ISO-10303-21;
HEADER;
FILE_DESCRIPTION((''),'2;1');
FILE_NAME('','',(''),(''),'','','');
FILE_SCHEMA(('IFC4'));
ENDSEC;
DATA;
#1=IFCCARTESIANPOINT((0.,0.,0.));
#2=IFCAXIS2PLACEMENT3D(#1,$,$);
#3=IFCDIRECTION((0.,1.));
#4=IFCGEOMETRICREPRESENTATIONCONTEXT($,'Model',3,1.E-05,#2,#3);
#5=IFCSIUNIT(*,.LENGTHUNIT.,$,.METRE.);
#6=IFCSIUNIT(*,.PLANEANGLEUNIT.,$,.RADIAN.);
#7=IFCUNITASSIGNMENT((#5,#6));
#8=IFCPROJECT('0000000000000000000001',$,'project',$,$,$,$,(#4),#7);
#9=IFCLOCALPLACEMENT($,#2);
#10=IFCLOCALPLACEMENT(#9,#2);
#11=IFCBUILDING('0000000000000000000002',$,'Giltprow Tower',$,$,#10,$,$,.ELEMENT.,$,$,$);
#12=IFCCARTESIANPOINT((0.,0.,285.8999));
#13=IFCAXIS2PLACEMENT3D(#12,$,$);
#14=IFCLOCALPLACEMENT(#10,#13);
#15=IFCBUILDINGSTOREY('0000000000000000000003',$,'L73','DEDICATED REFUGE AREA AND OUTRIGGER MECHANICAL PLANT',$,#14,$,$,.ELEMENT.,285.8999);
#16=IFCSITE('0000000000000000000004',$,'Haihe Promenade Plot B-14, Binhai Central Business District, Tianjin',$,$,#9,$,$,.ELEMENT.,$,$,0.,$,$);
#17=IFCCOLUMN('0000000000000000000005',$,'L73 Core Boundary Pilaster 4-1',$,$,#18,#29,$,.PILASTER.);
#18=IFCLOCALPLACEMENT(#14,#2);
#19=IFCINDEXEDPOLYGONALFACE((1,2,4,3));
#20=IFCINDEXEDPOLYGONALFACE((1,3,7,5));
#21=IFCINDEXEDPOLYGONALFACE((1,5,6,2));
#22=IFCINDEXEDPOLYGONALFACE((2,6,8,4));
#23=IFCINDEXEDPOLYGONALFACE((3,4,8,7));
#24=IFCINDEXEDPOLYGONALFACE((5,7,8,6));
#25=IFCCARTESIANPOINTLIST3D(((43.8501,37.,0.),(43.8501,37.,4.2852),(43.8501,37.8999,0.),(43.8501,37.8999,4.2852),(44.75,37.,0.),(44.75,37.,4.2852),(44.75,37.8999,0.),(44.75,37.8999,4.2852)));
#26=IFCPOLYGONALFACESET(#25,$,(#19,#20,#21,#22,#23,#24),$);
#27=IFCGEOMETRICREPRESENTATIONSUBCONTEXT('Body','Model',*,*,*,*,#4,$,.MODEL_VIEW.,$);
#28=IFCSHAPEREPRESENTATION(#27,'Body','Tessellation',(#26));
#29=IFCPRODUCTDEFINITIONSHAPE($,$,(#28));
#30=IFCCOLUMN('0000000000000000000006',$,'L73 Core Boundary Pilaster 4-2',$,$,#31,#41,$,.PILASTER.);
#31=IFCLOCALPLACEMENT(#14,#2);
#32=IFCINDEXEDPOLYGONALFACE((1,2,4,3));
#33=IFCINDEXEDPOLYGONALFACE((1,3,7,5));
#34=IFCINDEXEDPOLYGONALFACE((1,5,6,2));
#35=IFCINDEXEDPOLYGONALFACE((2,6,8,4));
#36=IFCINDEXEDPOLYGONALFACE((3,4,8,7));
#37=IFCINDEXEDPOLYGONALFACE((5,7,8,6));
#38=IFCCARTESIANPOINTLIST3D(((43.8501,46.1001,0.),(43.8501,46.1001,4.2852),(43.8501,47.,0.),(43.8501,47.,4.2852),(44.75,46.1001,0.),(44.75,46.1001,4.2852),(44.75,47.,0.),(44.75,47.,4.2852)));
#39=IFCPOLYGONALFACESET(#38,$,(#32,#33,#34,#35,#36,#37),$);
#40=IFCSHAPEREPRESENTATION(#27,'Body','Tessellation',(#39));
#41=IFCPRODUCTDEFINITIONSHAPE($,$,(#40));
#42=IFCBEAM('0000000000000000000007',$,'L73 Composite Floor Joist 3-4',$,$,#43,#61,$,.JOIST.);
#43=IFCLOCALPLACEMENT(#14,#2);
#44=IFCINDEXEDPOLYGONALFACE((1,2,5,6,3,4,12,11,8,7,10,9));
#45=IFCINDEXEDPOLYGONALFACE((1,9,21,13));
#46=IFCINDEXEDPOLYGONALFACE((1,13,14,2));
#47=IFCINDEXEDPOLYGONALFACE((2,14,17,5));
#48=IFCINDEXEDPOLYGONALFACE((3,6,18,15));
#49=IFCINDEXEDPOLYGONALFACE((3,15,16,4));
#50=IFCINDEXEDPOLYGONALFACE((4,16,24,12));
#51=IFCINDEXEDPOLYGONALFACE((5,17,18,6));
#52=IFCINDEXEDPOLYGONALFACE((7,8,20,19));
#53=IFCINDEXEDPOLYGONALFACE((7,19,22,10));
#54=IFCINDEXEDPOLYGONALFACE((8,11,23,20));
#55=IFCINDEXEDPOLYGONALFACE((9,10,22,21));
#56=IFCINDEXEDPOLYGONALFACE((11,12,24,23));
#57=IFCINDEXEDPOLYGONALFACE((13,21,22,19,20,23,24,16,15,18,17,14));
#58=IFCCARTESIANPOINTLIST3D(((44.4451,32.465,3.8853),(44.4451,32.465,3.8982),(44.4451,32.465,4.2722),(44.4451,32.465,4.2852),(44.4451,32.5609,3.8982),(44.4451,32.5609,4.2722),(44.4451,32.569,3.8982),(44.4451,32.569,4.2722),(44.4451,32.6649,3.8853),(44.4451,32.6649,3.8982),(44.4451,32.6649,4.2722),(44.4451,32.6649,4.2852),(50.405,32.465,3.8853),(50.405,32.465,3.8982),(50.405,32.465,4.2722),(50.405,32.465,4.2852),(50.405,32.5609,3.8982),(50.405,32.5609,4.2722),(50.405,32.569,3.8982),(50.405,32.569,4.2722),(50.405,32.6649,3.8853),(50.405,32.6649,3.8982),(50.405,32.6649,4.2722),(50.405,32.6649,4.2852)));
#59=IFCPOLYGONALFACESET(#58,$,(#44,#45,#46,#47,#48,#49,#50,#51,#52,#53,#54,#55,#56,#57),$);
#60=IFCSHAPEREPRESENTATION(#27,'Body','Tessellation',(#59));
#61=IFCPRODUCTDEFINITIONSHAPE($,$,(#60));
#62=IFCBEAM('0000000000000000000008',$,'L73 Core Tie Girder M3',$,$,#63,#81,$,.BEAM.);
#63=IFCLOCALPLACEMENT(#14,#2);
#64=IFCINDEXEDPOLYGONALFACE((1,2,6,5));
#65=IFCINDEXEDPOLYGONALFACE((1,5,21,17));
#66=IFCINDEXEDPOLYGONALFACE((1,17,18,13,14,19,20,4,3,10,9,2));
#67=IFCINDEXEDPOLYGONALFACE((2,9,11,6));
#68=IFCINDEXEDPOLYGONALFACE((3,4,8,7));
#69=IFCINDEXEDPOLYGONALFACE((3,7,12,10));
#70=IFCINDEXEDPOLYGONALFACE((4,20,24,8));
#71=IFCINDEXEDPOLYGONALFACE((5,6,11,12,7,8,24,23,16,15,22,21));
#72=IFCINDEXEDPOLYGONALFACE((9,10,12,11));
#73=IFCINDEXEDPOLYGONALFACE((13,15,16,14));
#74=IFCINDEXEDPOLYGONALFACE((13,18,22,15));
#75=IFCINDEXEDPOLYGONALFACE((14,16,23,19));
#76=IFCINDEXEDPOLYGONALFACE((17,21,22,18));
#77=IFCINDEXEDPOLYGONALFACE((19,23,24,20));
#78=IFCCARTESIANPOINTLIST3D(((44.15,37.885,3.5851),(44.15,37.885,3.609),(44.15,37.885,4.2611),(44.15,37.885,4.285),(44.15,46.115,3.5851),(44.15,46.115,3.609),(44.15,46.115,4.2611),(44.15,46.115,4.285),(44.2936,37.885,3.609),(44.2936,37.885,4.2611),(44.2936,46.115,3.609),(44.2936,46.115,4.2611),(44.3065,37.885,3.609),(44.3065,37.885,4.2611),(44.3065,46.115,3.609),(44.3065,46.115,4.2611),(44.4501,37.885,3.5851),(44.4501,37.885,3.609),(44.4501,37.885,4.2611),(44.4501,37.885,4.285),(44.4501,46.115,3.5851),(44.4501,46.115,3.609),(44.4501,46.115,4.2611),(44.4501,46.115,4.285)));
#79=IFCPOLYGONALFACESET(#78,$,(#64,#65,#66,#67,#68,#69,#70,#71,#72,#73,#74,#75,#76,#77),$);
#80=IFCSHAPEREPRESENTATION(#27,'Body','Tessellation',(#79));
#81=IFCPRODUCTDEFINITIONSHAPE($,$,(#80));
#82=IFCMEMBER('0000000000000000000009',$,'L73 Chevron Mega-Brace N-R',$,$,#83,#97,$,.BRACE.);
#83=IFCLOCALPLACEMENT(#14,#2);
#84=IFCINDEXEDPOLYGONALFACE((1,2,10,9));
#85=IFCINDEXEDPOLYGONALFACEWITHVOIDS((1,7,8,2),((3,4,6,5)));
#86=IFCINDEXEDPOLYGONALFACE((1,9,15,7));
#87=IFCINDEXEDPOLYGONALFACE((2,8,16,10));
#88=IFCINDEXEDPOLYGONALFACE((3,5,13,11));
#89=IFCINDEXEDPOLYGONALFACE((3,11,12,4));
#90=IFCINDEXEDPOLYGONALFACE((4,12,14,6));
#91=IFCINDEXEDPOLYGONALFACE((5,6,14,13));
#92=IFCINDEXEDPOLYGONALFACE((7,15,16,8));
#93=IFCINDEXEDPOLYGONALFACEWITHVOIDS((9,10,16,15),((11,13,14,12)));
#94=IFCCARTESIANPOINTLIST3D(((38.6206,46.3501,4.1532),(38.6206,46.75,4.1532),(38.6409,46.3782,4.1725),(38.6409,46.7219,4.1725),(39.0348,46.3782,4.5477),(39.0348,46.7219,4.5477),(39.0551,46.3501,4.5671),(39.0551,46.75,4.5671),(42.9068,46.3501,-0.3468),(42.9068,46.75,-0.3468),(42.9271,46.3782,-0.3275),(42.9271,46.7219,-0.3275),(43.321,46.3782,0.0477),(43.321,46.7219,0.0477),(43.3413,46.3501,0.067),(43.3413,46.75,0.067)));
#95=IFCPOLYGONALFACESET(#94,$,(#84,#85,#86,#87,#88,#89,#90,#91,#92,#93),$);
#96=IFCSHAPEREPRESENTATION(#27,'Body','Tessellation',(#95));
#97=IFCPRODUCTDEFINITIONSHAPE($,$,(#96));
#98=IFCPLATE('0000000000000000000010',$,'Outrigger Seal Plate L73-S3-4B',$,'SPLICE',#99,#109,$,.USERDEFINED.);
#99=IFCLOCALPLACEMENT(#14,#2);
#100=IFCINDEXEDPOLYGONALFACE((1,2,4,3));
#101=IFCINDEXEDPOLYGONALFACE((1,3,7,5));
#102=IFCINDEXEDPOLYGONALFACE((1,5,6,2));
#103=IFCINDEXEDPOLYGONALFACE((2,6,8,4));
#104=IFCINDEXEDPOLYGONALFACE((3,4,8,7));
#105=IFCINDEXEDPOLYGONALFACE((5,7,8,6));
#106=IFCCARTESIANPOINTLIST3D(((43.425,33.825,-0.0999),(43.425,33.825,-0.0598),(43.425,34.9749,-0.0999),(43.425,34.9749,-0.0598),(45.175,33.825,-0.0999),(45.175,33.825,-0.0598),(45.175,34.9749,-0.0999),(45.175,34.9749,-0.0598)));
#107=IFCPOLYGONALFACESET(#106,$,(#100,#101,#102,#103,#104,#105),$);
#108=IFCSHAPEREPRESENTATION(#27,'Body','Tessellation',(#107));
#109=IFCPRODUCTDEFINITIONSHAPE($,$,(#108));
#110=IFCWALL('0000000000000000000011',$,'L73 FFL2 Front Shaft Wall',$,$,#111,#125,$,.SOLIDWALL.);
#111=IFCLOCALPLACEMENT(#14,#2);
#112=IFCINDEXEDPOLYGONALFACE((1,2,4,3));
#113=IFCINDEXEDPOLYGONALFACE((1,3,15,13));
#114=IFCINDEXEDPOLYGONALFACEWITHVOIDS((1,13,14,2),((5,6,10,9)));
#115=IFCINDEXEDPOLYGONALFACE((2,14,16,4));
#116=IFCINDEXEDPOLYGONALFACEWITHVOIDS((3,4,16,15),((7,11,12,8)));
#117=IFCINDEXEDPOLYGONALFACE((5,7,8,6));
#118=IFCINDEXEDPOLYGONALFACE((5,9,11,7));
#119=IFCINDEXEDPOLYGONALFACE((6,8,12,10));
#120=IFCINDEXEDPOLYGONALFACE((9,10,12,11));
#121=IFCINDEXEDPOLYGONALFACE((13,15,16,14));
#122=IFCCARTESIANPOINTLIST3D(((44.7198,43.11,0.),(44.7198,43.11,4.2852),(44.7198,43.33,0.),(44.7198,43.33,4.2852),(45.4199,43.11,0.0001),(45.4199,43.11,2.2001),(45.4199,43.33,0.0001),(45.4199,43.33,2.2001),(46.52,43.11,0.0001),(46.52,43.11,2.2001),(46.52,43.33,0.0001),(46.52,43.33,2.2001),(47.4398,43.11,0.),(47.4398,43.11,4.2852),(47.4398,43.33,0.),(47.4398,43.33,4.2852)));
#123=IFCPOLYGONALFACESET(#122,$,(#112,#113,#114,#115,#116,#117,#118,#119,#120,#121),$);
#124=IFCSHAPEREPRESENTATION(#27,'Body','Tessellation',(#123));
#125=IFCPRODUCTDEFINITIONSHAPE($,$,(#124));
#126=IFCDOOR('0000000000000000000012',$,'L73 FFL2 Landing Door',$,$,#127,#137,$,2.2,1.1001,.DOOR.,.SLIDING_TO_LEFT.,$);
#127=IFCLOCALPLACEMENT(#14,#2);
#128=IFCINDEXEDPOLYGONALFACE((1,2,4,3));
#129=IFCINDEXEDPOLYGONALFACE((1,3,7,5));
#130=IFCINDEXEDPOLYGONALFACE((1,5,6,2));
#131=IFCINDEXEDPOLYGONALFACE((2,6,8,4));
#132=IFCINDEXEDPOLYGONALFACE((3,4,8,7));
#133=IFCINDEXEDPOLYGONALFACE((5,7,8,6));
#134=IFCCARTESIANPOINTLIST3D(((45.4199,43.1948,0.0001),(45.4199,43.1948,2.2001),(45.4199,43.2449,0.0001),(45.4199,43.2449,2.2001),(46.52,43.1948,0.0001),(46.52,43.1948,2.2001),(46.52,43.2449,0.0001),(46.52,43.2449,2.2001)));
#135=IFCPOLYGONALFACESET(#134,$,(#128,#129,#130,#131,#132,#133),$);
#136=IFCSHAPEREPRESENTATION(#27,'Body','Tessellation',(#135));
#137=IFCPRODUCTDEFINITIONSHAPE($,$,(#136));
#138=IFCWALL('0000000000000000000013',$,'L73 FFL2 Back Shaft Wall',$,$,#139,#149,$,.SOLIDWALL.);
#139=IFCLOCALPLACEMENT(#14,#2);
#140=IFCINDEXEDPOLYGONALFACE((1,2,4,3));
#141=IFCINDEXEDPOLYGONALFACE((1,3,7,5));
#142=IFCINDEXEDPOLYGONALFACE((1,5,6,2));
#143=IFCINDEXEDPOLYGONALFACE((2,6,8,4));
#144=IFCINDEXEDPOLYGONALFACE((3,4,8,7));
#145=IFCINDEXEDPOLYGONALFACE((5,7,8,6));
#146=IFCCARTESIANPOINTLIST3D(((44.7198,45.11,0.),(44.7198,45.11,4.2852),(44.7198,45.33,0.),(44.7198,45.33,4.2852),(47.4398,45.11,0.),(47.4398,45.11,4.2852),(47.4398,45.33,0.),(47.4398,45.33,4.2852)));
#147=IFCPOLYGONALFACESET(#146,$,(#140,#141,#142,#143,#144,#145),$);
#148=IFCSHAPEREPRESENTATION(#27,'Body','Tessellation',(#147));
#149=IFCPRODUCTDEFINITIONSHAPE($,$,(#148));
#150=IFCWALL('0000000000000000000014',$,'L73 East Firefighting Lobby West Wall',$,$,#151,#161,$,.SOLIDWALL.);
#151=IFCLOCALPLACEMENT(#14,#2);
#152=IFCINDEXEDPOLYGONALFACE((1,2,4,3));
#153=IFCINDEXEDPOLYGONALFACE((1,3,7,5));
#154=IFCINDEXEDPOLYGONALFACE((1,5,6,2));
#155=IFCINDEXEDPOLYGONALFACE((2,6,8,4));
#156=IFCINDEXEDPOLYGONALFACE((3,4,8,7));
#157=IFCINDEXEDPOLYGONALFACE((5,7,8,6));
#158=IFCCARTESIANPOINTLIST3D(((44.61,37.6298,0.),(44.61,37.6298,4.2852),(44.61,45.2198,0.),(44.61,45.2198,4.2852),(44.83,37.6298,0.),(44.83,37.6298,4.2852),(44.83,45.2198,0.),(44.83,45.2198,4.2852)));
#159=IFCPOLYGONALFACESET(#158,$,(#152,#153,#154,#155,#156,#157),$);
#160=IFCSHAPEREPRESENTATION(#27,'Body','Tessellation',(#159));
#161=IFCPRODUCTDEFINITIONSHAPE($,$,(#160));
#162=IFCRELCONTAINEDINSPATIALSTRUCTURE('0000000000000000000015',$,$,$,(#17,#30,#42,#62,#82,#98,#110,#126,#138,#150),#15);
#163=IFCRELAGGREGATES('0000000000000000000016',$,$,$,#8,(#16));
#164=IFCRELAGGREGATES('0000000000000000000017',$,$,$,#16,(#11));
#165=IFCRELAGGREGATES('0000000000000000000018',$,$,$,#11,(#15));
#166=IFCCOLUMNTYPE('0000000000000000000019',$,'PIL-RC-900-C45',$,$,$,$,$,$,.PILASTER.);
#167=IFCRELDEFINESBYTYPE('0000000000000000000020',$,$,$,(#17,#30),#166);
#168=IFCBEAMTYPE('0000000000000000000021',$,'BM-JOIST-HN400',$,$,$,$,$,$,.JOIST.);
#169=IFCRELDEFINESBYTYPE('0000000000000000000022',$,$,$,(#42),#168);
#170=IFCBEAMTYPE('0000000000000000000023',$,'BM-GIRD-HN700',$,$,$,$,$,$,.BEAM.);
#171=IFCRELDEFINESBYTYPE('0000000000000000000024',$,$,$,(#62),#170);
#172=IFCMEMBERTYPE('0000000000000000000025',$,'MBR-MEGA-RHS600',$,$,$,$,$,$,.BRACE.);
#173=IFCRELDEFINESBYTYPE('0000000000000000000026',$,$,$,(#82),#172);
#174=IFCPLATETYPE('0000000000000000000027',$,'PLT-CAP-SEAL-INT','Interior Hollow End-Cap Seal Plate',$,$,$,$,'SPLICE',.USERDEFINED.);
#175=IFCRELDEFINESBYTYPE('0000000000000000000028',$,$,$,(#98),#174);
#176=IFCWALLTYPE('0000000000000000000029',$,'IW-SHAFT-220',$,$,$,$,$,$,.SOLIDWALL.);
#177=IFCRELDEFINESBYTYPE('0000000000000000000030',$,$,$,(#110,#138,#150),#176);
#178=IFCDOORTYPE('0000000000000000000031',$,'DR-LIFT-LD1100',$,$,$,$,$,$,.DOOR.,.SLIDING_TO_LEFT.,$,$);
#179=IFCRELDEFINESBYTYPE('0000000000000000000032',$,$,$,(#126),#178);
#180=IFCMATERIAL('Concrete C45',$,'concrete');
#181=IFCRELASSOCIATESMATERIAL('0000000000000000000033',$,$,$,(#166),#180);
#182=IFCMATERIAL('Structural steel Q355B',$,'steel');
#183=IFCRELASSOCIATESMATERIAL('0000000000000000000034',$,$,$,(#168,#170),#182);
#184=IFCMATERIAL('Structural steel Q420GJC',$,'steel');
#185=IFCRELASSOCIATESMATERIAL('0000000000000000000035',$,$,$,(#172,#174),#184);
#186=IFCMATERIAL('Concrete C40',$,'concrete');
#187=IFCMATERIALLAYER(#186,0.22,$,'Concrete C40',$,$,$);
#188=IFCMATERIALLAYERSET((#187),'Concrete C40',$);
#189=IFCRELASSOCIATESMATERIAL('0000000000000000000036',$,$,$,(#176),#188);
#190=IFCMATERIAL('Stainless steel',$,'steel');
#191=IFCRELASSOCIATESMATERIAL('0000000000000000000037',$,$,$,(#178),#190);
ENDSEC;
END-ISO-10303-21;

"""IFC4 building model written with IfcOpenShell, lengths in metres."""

from ifc_helpers import new_model, si_unit, direction, frame, frame_2d, origin, origin_2d, place, context, subcontext, project, spatial, rectangle, hollow_rectangle, i_section, extrude, source, transform, mapped, material, layer, layer_set, material_profile, profile_set, type_object, element, fill, save


model = new_model("IFC4")

# Units and contexts
model_context = context("Model", 3, precision=1e-05, world=origin(), true_north=direction((0.0, 1.0)))
body_context = subcontext(model_context, "Body", "Model", "MODEL_VIEW")
ifc_project = project(units=[si_unit("LENGTHUNIT", "METRE"), si_unit("PLANEANGLEUNIT", "RADIAN")], contexts=[model_context])

# Site, building, storey
site_placement = place(None, origin())
site = spatial("IfcSite", under=ifc_project, at=site_placement, Name="Haihe Promenade Plot B-14, Binhai Central Business District, Tianjin", CompositionType="ELEMENT", RefElevation=0.0)
building_placement = place(site_placement, origin())
building = spatial("IfcBuilding", under=site, at=building_placement, Name="Giltprow Tower", CompositionType="ELEMENT")
storey_placement = place(building_placement, frame((0.0, 0.0, 285.8999)))
storey = spatial("IfcBuildingStorey", under=building, at=storey_placement, Name="L73", Description="DEDICATED REFUGE AREA AND OUTRIGGER MECHANICAL PLANT", CompositionType="ELEMENT", Elevation=285.8999)

# Columns
ifc_material_1 = material(Name="Concrete C45", Category="concrete")
ifc_material_profile_1 = material_profile(ifc_material_1, rectangle(XDim=0.8999, YDim=0.8999, at=origin_2d()), Name="RC 900x900")
ifc_profile_set_1 = profile_set([ifc_material_profile_1], Name="Concrete C45")
column_type = type_object("IfcColumnType", Name="PIL-RC-900-C45", PredefinedType="PILASTER", material=ifc_profile_set_1)
shared_shape_1 = source(origin(), body_context, "Body", "SweptSolid", [
    extrude(rectangle(XDim=0.8999, YDim=0.8999, at=origin_2d()), origin(), (0.0, 0.0, 1.0), 4.2852),
])
for number, where, z_axis, x_axis, name in (
    (1, (44.3, 37.45, 0.0), (0.0, 0.0, 1.0), (1.0, 0.0, 0.0), "L73 Core Boundary Pilaster 4-1"),
    (2, (44.3, 46.55, 0.0), (0.0, 0.0, 1.0), (1.0, 0.0, 0.0), "L73 Core Boundary Pilaster 4-2"),
):
    element("IfcColumn", number, at=place(storey_placement, frame(where, z_axis=z_axis, x_axis=x_axis)), inside=storey, type_object=column_type, Name=name, PredefinedType="PILASTER", context=body_context, shape_type="MappedRepresentation", body=[
        mapped(shared_shape_1, transform((0.0, 0.0, 0.0), x_axis=(1.0, 0.0, 0.0), y_axis=(0.0, 1.0, 0.0), z_axis=(0.0, 0.0, 1.0), scale=1.0)),
    ])

# Beams
ifc_material_2 = material(Name="Structural steel Q355B", Category="steel")
ifc_material_profile_2 = material_profile(ifc_material_2, i_section(OverallWidth=0.2, OverallDepth=0.3999, WebThickness=0.0081, FlangeThickness=0.0129, at=origin_2d()), Name="HN 400x200x8x13")
ifc_profile_set_2 = profile_set([ifc_material_profile_2], Name="Structural steel Q355B")
beam_type_1 = type_object("IfcBeamType", Name="BM-JOIST-HN400", PredefinedType="JOIST", material=ifc_profile_set_2)
shared_shape_2 = source(origin(), body_context, "Body", "SweptSolid", [
    extrude(i_section(OverallWidth=0.2, OverallDepth=0.3999, WebThickness=0.0081, FlangeThickness=0.0129, at=origin_2d()), origin(), (0.0, 0.0, 1.0), 5.96),
])
beam_1_placement = place(storey_placement, frame((44.4451, 32.5649, 4.0852), z_axis=(1.0, 0.0, 0.0), x_axis=(0.0, 1.0, 0.0)))
element("IfcBeam", 3, at=beam_1_placement, inside=storey, type_object=beam_type_1, Name="L73 Composite Floor Joist 3-4", PredefinedType="JOIST", context=body_context, shape_type="MappedRepresentation", body=[
    mapped(shared_shape_2, transform((0.0, 0.0, 0.0), x_axis=(1.0, 0.0, 0.0), y_axis=(0.0, 1.0, 0.0), z_axis=(0.0, 0.0, 1.0), scale=1.0)),
])
ifc_material_profile_3 = material_profile(ifc_material_2, i_section(OverallWidth=0.3, OverallDepth=0.7, WebThickness=0.0129, FlangeThickness=0.0239, at=origin_2d()), Name="HN 700x300x13x24")
ifc_profile_set_3 = profile_set([ifc_material_profile_3], Name="Structural steel Q355B")
beam_type_2 = type_object("IfcBeamType", Name="BM-GIRD-HN700", PredefinedType="BEAM", material=ifc_profile_set_3)
shared_shape_3 = source(origin(), body_context, "Body", "SweptSolid", [
    extrude(i_section(OverallWidth=0.3, OverallDepth=0.7, WebThickness=0.0129, FlangeThickness=0.0239, at=origin_2d()), origin(), (0.0, 0.0, 1.0), 8.23),
])
beam_2_placement = place(storey_placement, frame((44.3, 37.885, 3.9351), z_axis=(0.0, 1.0, 0.0), x_axis=(-1.0, 0.0, 0.0)))
element("IfcBeam", 4, at=beam_2_placement, inside=storey, type_object=beam_type_2, Name="L73 Core Tie Girder M3", PredefinedType="BEAM", context=body_context, shape_type="MappedRepresentation", body=[
    mapped(shared_shape_3, transform((0.0, 0.0, 0.0), x_axis=(1.0, 0.0, 0.0), y_axis=(0.0, 1.0, 0.0), z_axis=(0.0, 0.0, 1.0), scale=1.0)),
])

# Member
ifc_material_3 = material(Name="Structural steel Q420GJC", Category="steel")
ifc_material_profile_4 = material_profile(ifc_material_3, hollow_rectangle(XDim=0.3999, YDim=0.6001, WallThickness=0.0281, at=origin_2d()), Name="RHS 600x400x28")
ifc_profile_set_4 = profile_set([ifc_material_profile_4], Name="Structural steel Q420GJC")
member_type = type_object("IfcMemberType", Name="MBR-MEGA-RHS600", PredefinedType="BRACE", material=ifc_profile_set_4)
shared_shape_4 = source(origin(), body_context, "Body", "SweptSolid", [
    extrude(hollow_rectangle(XDim=0.3999, YDim=0.6001, WallThickness=0.0281, at=origin_2d()), origin(), (0.0, 0.0, 1.0), 6.2146),
])
member_placement = place(storey_placement, frame((43.124, 46.55, -0.1399), z_axis=(-0.68969, 0.0, 0.724104), x_axis=(0.0, -1.0, 0.0)))
element("IfcMember", 5, at=member_placement, inside=storey, type_object=member_type, Name="L73 Chevron Mega-Brace N-R", PredefinedType="BRACE", context=body_context, shape_type="MappedRepresentation", body=[
    mapped(shared_shape_4, transform((0.0, 0.0, 0.0), x_axis=(1.0, 0.0, 0.0), y_axis=(0.0, 1.0, 0.0), z_axis=(0.0, 0.0, 1.0), scale=1.0)),
])

# Plate
plate_type = type_object("IfcPlateType", Name="PLT-CAP-SEAL-INT", Description="Interior Hollow End-Cap Seal Plate", ElementType="SPLICE", PredefinedType="USERDEFINED", material=ifc_material_3)
shared_shape_5 = source(origin(), body_context, "Body", "SweptSolid", [
    extrude(rectangle(XDim=1.75, YDim=1.1499, at=origin_2d()), origin(), (0.0, 0.0, 1.0), 0.04),
])
plate_placement = place(storey_placement, frame((44.3, 34.3999, -0.0999), z_axis=(0.0, 0.0, 1.0), x_axis=(1.0, 0.0, 0.0)))
element("IfcPlate", 6, at=plate_placement, inside=storey, type_object=plate_type, Name="Outrigger Seal Plate L73-S3-4B", ObjectType="SPLICE", PredefinedType="USERDEFINED", context=body_context, shape_type="MappedRepresentation", body=[
    mapped(shared_shape_5, transform((0.0, 0.0, 0.0), x_axis=(1.0, 0.0, 0.0), y_axis=(0.0, 1.0, 0.0), z_axis=(0.0, 0.0, 1.0), scale=1.0)),
])

# Wall, opening, door
ifc_material_4 = material(Name="Concrete C40", Category="concrete")
ifc_layer_1 = layer(ifc_material_4, 0.22, Name="Concrete C40")
ifc_layer_set_1 = layer_set([ifc_layer_1], Name="Concrete C40")
wall_type_1 = type_object("IfcWallType", Name="IW-SHAFT-220", PredefinedType="SOLIDWALL", material=ifc_layer_set_1)
wall_1_placement = place(storey_placement, frame((44.72, 43.22, 0.0), z_axis=(0.0, 0.0, 1.0), x_axis=(1.0, 0.0, 0.0)))
wall_1 = element("IfcWall", 7, at=wall_1_placement, inside=storey, type_object=wall_type_1, Name="L73 FFL2 Front Shaft Wall", PredefinedType="SOLIDWALL", context=body_context, shape_type="SweptSolid", body=[
    extrude(rectangle(XDim=2.72, YDim=0.22, at=frame_2d((1.3599, 0.0))), origin(), (0.0, 0.0, 1.0), 4.2852),
])
opening_1_placement = place(wall_1_placement, frame((0.7, 0.0, 0.0)))
opening_1 = element("IfcOpeningElement", 8, at=opening_1_placement, cuts=wall_1, PredefinedType="OPENING", context=body_context, shape_type="SweptSolid", body=[
    extrude(rectangle(XDim=1.1001, YDim=2.2, at=frame_2d((0.55, 1.1001))), frame((0.0, 0.1199, 0.0), z_axis=(0.0, -1.0, 0.0), x_axis=(1.0, 0.0, 0.0)), (0.0, 0.0, 1.0), 0.24),
])
ifc_material_5 = material(Name="Stainless steel", Category="steel")
door_type_1 = type_object("IfcDoorType", Name="DR-LIFT-LD1100", OperationType="SLIDING_TO_LEFT", PredefinedType="DOOR", material=ifc_material_5)
shared_shape_6 = source(origin(), body_context, "Body", "SweptSolid", [
    extrude(rectangle(XDim=1.1001, YDim=2.2, at=frame_2d((0.55, 1.1001))), frame((0.0, 0.0249, 0.0), z_axis=(0.0, -1.0, 0.0), x_axis=(1.0, 0.0, 0.0)), (0.0, 0.0, 1.0), 0.05),
])
door_1_placement = place(opening_1_placement, origin())
door_1 = element("IfcDoor", 9, at=door_1_placement, inside=storey, type_object=door_type_1, Name="L73 FFL2 Landing Door", OperationType="SLIDING_TO_LEFT", OverallHeight=2.2, OverallWidth=1.1001, PredefinedType="DOOR", context=body_context, shape_type="MappedRepresentation", body=[
    mapped(shared_shape_6, transform((0.0, 0.0, 0.0), x_axis=(1.0, 0.0, 0.0), y_axis=(0.0, 1.0, 0.0), z_axis=(0.0, 0.0, 1.0), scale=1.0)),
])
fill(opening_1, door_1)

# Walls
wall_2_placement = place(storey_placement, frame((44.72, 45.22, 0.0), z_axis=(0.0, 0.0, 1.0), x_axis=(1.0, 0.0, 0.0)))
element("IfcWall", 10, at=wall_2_placement, inside=storey, type_object=wall_type_1, Name="L73 FFL2 Back Shaft Wall", PredefinedType="SOLIDWALL", context=body_context, shape_type="SweptSolid", body=[
    extrude(rectangle(XDim=2.72, YDim=0.22, at=frame_2d((1.3599, 0.0))), origin(), (0.0, 0.0, 1.0), 4.2852),
])
wall_3_placement = place(storey_placement, frame((44.72, 37.6299, 0.0), z_axis=(0.0, 0.0, 1.0), x_axis=(0.0, 1.0, 0.0)))
element("IfcWall", 11, at=wall_3_placement, inside=storey, type_object=wall_type_1, Name="L73 East Firefighting Lobby West Wall", PredefinedType="SOLIDWALL", context=body_context, shape_type="SweptSolid", body=[
    extrude(rectangle(XDim=7.5901, YDim=0.22, at=frame_2d((3.7949, 0.0))), origin(), (0.0, 0.0, 1.0), 4.2852),
])

save(model, "model.ifc")
